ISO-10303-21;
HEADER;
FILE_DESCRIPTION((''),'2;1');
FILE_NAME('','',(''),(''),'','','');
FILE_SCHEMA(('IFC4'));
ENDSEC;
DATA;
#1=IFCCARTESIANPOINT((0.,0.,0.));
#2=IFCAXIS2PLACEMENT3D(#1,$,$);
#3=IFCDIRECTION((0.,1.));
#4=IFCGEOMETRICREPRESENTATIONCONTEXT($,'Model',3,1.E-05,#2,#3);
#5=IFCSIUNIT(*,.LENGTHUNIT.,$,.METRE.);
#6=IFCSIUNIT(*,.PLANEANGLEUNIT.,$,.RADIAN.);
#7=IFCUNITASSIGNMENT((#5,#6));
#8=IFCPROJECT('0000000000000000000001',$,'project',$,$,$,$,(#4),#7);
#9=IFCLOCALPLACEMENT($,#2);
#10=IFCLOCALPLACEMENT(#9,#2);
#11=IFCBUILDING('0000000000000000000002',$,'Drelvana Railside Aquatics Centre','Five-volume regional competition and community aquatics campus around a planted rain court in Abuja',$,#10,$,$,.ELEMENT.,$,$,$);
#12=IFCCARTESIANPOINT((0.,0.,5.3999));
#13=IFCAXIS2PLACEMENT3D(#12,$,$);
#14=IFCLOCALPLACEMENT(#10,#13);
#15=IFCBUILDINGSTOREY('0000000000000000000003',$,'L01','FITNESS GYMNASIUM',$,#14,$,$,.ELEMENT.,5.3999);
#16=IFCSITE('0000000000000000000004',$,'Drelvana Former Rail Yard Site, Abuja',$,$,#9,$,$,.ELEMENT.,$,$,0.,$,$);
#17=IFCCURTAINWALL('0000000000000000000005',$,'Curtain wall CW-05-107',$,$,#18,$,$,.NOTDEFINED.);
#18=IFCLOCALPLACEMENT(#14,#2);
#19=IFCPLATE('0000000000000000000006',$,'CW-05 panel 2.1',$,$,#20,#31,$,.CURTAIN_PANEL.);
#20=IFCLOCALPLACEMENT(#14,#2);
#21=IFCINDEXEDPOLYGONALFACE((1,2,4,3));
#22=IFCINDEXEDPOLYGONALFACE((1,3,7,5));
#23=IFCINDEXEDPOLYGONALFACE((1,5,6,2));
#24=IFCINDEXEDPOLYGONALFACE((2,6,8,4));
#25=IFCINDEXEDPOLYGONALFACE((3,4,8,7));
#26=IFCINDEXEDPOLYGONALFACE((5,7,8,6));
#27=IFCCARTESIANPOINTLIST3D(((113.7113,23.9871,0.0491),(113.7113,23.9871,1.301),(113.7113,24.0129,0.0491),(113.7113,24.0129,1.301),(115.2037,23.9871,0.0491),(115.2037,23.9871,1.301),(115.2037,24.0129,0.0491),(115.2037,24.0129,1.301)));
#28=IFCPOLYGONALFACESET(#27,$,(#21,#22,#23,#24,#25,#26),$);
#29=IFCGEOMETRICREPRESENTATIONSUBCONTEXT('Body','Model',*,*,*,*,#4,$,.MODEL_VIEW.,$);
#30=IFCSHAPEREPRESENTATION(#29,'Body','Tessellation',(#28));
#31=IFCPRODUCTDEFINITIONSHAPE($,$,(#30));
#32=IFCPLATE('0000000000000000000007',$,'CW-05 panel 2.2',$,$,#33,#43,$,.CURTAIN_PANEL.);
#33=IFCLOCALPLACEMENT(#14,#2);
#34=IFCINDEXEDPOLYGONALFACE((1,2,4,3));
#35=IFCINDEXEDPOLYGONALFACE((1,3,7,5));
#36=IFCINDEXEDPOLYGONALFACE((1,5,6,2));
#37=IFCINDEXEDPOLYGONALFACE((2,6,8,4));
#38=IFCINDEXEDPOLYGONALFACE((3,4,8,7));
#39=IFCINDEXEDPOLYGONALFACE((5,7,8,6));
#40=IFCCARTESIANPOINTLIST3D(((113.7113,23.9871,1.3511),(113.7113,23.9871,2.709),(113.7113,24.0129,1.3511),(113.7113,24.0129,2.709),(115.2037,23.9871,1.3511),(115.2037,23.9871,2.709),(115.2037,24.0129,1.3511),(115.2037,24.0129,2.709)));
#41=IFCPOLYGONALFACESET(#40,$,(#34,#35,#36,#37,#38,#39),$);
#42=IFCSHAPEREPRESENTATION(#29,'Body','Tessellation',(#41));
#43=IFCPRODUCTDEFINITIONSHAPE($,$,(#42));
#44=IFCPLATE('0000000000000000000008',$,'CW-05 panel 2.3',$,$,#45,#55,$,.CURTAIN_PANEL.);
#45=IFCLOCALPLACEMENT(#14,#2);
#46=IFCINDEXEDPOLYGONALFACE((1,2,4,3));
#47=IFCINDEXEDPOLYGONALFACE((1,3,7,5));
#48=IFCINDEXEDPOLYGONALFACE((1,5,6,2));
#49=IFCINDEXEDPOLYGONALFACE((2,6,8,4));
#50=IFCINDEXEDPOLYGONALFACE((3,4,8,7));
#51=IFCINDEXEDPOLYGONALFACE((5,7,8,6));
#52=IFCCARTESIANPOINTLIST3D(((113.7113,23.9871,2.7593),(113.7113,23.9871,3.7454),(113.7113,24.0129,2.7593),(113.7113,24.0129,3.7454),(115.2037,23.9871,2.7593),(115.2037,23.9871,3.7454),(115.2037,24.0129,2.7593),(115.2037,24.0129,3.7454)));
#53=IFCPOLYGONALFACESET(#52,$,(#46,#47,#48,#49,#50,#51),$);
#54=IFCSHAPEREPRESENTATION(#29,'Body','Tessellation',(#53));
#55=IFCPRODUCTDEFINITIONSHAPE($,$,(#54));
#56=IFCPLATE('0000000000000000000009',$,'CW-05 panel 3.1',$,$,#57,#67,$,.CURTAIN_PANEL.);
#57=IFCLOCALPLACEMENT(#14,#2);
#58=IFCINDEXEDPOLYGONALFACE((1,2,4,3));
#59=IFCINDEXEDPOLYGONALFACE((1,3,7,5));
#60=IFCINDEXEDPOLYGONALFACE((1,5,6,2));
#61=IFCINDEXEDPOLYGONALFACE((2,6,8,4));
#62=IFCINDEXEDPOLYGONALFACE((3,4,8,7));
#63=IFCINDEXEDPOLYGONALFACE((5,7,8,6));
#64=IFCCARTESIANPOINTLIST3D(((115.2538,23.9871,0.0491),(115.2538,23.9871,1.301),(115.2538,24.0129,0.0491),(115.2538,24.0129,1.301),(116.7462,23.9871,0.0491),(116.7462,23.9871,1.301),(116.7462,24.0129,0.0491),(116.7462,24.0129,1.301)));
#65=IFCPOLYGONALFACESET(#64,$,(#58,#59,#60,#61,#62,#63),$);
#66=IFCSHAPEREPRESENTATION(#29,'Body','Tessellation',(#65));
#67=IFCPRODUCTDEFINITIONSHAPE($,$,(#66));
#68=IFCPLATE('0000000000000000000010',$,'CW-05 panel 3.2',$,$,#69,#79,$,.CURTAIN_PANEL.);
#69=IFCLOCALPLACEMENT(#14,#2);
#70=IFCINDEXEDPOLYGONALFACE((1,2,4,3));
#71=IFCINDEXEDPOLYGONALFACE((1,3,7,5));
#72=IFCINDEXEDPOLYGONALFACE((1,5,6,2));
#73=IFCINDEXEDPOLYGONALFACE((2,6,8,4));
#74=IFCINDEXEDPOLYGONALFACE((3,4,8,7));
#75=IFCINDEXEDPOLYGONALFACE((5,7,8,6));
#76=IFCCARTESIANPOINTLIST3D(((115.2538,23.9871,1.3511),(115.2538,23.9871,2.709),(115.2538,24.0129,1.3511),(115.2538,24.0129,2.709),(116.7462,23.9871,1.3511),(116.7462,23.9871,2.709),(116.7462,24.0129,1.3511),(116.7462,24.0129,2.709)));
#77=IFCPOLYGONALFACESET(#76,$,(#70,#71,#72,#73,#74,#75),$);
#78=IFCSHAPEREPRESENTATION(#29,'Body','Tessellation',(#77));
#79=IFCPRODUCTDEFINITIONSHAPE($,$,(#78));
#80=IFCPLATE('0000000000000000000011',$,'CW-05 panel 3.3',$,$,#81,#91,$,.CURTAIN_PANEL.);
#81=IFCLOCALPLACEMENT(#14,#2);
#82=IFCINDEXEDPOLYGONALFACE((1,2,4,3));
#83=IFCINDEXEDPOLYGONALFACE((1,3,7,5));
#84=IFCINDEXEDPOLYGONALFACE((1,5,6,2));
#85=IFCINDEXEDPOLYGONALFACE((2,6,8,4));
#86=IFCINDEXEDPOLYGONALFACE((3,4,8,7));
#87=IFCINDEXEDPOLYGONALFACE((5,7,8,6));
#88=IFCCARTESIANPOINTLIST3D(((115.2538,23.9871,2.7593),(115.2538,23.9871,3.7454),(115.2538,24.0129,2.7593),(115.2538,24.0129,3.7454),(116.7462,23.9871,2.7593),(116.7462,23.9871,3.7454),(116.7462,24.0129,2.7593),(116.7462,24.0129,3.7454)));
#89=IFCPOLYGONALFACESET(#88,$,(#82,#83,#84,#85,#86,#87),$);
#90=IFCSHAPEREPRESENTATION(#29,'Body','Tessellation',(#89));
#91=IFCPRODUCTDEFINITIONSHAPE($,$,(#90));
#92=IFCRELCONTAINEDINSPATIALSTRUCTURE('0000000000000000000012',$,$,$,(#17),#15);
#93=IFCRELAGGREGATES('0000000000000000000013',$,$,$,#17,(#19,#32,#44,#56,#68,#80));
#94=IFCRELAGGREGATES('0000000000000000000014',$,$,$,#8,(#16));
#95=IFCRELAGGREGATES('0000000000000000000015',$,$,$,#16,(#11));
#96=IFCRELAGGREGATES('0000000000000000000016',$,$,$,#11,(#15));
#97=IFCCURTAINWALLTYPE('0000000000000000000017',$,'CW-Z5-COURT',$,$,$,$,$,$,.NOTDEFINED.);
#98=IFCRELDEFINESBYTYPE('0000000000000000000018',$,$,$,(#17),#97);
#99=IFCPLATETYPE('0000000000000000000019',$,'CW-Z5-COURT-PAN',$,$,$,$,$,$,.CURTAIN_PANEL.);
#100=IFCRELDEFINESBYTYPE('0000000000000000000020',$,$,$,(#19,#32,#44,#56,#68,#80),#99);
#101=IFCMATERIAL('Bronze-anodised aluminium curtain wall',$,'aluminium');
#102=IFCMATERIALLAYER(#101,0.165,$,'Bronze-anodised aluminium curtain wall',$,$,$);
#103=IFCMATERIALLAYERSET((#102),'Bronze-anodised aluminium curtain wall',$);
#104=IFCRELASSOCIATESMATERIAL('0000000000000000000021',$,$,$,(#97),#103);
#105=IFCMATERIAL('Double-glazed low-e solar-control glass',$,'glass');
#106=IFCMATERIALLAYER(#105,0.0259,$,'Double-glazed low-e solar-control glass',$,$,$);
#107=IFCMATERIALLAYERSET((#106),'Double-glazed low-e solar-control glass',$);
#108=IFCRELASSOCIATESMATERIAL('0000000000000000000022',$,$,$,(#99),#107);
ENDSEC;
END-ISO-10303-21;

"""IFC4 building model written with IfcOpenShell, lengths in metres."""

from ifc_helpers import new_model, si_unit, direction, frame, origin, origin_2d, place, context, subcontext, project, spatial, rectangle, extrude, material, layer, layer_set, type_object, element, aggregate, save


model = new_model("IFC4")

# Units and contexts
model_context = context("Model", 3, precision=1e-05, world=origin(), true_north=direction((0.0, 1.0)))
body_context = subcontext(model_context, "Body", "Model", "MODEL_VIEW")
ifc_project = project(units=[si_unit("LENGTHUNIT", "METRE"), si_unit("PLANEANGLEUNIT", "RADIAN")], contexts=[model_context])

# Site, building, storey
site_placement = place(None, origin())
site = spatial("IfcSite", under=ifc_project, at=site_placement, Name="Drelvana Former Rail Yard Site, Abuja", CompositionType="ELEMENT", RefElevation=0.0)
building_placement = place(site_placement, origin())
building = spatial("IfcBuilding", under=site, at=building_placement, Name="Drelvana Railside Aquatics Centre", Description="Five-volume regional competition and community aquatics campus around a planted rain court in Abuja", CompositionType="ELEMENT")
storey_placement = place(building_placement, frame((0.0, 0.0, 5.3999)))
storey = spatial("IfcBuildingStorey", under=building, at=storey_placement, Name="L01", Description="FITNESS GYMNASIUM", CompositionType="ELEMENT", Elevation=5.3999)

# Shared definitions
ifc_material_1 = material(Name="Bronze-anodised aluminium curtain wall", Category="aluminium")
ifc_layer_1 = layer(ifc_material_1, 0.165, Name="Bronze-anodised aluminium curtain wall")
ifc_layer_set_1 = layer_set([ifc_layer_1], Name="Bronze-anodised aluminium curtain wall")
curtain_wall_type = type_object("IfcCurtainWallType", Name="CW-Z5-COURT", PredefinedType="NOTDEFINED", material=ifc_layer_set_1)

# Curtain wall
curtain_wall_1_placement = place(storey_placement, origin())
curtain_wall_1 = element("IfcCurtainWall", 1, at=curtain_wall_1_placement, inside=storey, type_object=curtain_wall_type, Name="Curtain wall CW-05-107", PredefinedType="NOTDEFINED")

# Plates
ifc_material_2 = material(Name="Double-glazed low-e solar-control glass", Category="glass")
ifc_layer_2 = layer(ifc_material_2, 0.0259, Name="Double-glazed low-e solar-control glass")
ifc_layer_set_2 = layer_set([ifc_layer_2], Name="Double-glazed low-e solar-control glass")
plate_type = type_object("IfcPlateType", Name="CW-Z5-COURT-PAN", PredefinedType="CURTAIN_PANEL", material=ifc_layer_set_2)
plate_1_placement = place(storey_placement, frame((114.4575, 24.0, 0.0491), z_axis=(0.0, 0.0, 1.0), x_axis=(1.0, 0.0, 0.0)))
plate_1 = element("IfcPlate", 2, at=plate_1_placement, type_object=plate_type, Name="CW-05 panel 2.1", PredefinedType="CURTAIN_PANEL", context=body_context, shape_type="SweptSolid", body=[
    extrude(rectangle(XDim=1.4924, YDim=0.0259, at=origin_2d()), origin(), (0.0, 0.0, 1.0), 1.252),
])
plate_2_placement = place(storey_placement, frame((114.4575, 24.0, 1.3511), z_axis=(0.0, 0.0, 1.0), x_axis=(1.0, 0.0, 0.0)))
plate_2 = element("IfcPlate", 3, at=plate_2_placement, type_object=plate_type, Name="CW-05 panel 2.2", PredefinedType="CURTAIN_PANEL", context=body_context, shape_type="SweptSolid", body=[
    extrude(rectangle(XDim=1.4924, YDim=0.0259, at=origin_2d()), origin(), (0.0, 0.0, 1.0), 1.3579),
])
plate_3_placement = place(storey_placement, frame((114.4575, 24.0, 2.7593), z_axis=(0.0, 0.0, 1.0), x_axis=(1.0, 0.0, 0.0)))
plate_3 = element("IfcPlate", 4, at=plate_3_placement, type_object=plate_type, Name="CW-05 panel 2.3", PredefinedType="CURTAIN_PANEL", context=body_context, shape_type="SweptSolid", body=[
    extrude(rectangle(XDim=1.4924, YDim=0.0259, at=origin_2d()), origin(), (0.0, 0.0, 1.0), 0.9861),
])
plate_4_placement = place(storey_placement, frame((116.0, 24.0, 0.0491), z_axis=(0.0, 0.0, 1.0), x_axis=(1.0, 0.0, 0.0)))
plate_4 = element("IfcPlate", 5, at=plate_4_placement, type_object=plate_type, Name="CW-05 panel 3.1", PredefinedType="CURTAIN_PANEL", context=body_context, shape_type="SweptSolid", body=[
    extrude(rectangle(XDim=1.4924, YDim=0.0259, at=origin_2d()), origin(), (0.0, 0.0, 1.0), 1.252),
])
plate_5_placement = place(storey_placement, frame((116.0, 24.0, 1.3511), z_axis=(0.0, 0.0, 1.0), x_axis=(1.0, 0.0, 0.0)))
plate_5 = element("IfcPlate", 6, at=plate_5_placement, type_object=plate_type, Name="CW-05 panel 3.2", PredefinedType="CURTAIN_PANEL", context=body_context, shape_type="SweptSolid", body=[
    extrude(rectangle(XDim=1.4924, YDim=0.0259, at=origin_2d()), origin(), (0.0, 0.0, 1.0), 1.3579),
])
plate_6_placement = place(storey_placement, frame((116.0, 24.0, 2.7593), z_axis=(0.0, 0.0, 1.0), x_axis=(1.0, 0.0, 0.0)))
plate_6 = element("IfcPlate", 7, at=plate_6_placement, type_object=plate_type, Name="CW-05 panel 3.3", PredefinedType="CURTAIN_PANEL", context=body_context, shape_type="SweptSolid", body=[
    extrude(rectangle(XDim=1.4924, YDim=0.0259, at=origin_2d()), origin(), (0.0, 0.0, 1.0), 0.9861),
])
aggregate(curtain_wall_1, [plate_1, plate_2, plate_3, plate_4, plate_5, plate_6])

save(model, "model.ifc")
